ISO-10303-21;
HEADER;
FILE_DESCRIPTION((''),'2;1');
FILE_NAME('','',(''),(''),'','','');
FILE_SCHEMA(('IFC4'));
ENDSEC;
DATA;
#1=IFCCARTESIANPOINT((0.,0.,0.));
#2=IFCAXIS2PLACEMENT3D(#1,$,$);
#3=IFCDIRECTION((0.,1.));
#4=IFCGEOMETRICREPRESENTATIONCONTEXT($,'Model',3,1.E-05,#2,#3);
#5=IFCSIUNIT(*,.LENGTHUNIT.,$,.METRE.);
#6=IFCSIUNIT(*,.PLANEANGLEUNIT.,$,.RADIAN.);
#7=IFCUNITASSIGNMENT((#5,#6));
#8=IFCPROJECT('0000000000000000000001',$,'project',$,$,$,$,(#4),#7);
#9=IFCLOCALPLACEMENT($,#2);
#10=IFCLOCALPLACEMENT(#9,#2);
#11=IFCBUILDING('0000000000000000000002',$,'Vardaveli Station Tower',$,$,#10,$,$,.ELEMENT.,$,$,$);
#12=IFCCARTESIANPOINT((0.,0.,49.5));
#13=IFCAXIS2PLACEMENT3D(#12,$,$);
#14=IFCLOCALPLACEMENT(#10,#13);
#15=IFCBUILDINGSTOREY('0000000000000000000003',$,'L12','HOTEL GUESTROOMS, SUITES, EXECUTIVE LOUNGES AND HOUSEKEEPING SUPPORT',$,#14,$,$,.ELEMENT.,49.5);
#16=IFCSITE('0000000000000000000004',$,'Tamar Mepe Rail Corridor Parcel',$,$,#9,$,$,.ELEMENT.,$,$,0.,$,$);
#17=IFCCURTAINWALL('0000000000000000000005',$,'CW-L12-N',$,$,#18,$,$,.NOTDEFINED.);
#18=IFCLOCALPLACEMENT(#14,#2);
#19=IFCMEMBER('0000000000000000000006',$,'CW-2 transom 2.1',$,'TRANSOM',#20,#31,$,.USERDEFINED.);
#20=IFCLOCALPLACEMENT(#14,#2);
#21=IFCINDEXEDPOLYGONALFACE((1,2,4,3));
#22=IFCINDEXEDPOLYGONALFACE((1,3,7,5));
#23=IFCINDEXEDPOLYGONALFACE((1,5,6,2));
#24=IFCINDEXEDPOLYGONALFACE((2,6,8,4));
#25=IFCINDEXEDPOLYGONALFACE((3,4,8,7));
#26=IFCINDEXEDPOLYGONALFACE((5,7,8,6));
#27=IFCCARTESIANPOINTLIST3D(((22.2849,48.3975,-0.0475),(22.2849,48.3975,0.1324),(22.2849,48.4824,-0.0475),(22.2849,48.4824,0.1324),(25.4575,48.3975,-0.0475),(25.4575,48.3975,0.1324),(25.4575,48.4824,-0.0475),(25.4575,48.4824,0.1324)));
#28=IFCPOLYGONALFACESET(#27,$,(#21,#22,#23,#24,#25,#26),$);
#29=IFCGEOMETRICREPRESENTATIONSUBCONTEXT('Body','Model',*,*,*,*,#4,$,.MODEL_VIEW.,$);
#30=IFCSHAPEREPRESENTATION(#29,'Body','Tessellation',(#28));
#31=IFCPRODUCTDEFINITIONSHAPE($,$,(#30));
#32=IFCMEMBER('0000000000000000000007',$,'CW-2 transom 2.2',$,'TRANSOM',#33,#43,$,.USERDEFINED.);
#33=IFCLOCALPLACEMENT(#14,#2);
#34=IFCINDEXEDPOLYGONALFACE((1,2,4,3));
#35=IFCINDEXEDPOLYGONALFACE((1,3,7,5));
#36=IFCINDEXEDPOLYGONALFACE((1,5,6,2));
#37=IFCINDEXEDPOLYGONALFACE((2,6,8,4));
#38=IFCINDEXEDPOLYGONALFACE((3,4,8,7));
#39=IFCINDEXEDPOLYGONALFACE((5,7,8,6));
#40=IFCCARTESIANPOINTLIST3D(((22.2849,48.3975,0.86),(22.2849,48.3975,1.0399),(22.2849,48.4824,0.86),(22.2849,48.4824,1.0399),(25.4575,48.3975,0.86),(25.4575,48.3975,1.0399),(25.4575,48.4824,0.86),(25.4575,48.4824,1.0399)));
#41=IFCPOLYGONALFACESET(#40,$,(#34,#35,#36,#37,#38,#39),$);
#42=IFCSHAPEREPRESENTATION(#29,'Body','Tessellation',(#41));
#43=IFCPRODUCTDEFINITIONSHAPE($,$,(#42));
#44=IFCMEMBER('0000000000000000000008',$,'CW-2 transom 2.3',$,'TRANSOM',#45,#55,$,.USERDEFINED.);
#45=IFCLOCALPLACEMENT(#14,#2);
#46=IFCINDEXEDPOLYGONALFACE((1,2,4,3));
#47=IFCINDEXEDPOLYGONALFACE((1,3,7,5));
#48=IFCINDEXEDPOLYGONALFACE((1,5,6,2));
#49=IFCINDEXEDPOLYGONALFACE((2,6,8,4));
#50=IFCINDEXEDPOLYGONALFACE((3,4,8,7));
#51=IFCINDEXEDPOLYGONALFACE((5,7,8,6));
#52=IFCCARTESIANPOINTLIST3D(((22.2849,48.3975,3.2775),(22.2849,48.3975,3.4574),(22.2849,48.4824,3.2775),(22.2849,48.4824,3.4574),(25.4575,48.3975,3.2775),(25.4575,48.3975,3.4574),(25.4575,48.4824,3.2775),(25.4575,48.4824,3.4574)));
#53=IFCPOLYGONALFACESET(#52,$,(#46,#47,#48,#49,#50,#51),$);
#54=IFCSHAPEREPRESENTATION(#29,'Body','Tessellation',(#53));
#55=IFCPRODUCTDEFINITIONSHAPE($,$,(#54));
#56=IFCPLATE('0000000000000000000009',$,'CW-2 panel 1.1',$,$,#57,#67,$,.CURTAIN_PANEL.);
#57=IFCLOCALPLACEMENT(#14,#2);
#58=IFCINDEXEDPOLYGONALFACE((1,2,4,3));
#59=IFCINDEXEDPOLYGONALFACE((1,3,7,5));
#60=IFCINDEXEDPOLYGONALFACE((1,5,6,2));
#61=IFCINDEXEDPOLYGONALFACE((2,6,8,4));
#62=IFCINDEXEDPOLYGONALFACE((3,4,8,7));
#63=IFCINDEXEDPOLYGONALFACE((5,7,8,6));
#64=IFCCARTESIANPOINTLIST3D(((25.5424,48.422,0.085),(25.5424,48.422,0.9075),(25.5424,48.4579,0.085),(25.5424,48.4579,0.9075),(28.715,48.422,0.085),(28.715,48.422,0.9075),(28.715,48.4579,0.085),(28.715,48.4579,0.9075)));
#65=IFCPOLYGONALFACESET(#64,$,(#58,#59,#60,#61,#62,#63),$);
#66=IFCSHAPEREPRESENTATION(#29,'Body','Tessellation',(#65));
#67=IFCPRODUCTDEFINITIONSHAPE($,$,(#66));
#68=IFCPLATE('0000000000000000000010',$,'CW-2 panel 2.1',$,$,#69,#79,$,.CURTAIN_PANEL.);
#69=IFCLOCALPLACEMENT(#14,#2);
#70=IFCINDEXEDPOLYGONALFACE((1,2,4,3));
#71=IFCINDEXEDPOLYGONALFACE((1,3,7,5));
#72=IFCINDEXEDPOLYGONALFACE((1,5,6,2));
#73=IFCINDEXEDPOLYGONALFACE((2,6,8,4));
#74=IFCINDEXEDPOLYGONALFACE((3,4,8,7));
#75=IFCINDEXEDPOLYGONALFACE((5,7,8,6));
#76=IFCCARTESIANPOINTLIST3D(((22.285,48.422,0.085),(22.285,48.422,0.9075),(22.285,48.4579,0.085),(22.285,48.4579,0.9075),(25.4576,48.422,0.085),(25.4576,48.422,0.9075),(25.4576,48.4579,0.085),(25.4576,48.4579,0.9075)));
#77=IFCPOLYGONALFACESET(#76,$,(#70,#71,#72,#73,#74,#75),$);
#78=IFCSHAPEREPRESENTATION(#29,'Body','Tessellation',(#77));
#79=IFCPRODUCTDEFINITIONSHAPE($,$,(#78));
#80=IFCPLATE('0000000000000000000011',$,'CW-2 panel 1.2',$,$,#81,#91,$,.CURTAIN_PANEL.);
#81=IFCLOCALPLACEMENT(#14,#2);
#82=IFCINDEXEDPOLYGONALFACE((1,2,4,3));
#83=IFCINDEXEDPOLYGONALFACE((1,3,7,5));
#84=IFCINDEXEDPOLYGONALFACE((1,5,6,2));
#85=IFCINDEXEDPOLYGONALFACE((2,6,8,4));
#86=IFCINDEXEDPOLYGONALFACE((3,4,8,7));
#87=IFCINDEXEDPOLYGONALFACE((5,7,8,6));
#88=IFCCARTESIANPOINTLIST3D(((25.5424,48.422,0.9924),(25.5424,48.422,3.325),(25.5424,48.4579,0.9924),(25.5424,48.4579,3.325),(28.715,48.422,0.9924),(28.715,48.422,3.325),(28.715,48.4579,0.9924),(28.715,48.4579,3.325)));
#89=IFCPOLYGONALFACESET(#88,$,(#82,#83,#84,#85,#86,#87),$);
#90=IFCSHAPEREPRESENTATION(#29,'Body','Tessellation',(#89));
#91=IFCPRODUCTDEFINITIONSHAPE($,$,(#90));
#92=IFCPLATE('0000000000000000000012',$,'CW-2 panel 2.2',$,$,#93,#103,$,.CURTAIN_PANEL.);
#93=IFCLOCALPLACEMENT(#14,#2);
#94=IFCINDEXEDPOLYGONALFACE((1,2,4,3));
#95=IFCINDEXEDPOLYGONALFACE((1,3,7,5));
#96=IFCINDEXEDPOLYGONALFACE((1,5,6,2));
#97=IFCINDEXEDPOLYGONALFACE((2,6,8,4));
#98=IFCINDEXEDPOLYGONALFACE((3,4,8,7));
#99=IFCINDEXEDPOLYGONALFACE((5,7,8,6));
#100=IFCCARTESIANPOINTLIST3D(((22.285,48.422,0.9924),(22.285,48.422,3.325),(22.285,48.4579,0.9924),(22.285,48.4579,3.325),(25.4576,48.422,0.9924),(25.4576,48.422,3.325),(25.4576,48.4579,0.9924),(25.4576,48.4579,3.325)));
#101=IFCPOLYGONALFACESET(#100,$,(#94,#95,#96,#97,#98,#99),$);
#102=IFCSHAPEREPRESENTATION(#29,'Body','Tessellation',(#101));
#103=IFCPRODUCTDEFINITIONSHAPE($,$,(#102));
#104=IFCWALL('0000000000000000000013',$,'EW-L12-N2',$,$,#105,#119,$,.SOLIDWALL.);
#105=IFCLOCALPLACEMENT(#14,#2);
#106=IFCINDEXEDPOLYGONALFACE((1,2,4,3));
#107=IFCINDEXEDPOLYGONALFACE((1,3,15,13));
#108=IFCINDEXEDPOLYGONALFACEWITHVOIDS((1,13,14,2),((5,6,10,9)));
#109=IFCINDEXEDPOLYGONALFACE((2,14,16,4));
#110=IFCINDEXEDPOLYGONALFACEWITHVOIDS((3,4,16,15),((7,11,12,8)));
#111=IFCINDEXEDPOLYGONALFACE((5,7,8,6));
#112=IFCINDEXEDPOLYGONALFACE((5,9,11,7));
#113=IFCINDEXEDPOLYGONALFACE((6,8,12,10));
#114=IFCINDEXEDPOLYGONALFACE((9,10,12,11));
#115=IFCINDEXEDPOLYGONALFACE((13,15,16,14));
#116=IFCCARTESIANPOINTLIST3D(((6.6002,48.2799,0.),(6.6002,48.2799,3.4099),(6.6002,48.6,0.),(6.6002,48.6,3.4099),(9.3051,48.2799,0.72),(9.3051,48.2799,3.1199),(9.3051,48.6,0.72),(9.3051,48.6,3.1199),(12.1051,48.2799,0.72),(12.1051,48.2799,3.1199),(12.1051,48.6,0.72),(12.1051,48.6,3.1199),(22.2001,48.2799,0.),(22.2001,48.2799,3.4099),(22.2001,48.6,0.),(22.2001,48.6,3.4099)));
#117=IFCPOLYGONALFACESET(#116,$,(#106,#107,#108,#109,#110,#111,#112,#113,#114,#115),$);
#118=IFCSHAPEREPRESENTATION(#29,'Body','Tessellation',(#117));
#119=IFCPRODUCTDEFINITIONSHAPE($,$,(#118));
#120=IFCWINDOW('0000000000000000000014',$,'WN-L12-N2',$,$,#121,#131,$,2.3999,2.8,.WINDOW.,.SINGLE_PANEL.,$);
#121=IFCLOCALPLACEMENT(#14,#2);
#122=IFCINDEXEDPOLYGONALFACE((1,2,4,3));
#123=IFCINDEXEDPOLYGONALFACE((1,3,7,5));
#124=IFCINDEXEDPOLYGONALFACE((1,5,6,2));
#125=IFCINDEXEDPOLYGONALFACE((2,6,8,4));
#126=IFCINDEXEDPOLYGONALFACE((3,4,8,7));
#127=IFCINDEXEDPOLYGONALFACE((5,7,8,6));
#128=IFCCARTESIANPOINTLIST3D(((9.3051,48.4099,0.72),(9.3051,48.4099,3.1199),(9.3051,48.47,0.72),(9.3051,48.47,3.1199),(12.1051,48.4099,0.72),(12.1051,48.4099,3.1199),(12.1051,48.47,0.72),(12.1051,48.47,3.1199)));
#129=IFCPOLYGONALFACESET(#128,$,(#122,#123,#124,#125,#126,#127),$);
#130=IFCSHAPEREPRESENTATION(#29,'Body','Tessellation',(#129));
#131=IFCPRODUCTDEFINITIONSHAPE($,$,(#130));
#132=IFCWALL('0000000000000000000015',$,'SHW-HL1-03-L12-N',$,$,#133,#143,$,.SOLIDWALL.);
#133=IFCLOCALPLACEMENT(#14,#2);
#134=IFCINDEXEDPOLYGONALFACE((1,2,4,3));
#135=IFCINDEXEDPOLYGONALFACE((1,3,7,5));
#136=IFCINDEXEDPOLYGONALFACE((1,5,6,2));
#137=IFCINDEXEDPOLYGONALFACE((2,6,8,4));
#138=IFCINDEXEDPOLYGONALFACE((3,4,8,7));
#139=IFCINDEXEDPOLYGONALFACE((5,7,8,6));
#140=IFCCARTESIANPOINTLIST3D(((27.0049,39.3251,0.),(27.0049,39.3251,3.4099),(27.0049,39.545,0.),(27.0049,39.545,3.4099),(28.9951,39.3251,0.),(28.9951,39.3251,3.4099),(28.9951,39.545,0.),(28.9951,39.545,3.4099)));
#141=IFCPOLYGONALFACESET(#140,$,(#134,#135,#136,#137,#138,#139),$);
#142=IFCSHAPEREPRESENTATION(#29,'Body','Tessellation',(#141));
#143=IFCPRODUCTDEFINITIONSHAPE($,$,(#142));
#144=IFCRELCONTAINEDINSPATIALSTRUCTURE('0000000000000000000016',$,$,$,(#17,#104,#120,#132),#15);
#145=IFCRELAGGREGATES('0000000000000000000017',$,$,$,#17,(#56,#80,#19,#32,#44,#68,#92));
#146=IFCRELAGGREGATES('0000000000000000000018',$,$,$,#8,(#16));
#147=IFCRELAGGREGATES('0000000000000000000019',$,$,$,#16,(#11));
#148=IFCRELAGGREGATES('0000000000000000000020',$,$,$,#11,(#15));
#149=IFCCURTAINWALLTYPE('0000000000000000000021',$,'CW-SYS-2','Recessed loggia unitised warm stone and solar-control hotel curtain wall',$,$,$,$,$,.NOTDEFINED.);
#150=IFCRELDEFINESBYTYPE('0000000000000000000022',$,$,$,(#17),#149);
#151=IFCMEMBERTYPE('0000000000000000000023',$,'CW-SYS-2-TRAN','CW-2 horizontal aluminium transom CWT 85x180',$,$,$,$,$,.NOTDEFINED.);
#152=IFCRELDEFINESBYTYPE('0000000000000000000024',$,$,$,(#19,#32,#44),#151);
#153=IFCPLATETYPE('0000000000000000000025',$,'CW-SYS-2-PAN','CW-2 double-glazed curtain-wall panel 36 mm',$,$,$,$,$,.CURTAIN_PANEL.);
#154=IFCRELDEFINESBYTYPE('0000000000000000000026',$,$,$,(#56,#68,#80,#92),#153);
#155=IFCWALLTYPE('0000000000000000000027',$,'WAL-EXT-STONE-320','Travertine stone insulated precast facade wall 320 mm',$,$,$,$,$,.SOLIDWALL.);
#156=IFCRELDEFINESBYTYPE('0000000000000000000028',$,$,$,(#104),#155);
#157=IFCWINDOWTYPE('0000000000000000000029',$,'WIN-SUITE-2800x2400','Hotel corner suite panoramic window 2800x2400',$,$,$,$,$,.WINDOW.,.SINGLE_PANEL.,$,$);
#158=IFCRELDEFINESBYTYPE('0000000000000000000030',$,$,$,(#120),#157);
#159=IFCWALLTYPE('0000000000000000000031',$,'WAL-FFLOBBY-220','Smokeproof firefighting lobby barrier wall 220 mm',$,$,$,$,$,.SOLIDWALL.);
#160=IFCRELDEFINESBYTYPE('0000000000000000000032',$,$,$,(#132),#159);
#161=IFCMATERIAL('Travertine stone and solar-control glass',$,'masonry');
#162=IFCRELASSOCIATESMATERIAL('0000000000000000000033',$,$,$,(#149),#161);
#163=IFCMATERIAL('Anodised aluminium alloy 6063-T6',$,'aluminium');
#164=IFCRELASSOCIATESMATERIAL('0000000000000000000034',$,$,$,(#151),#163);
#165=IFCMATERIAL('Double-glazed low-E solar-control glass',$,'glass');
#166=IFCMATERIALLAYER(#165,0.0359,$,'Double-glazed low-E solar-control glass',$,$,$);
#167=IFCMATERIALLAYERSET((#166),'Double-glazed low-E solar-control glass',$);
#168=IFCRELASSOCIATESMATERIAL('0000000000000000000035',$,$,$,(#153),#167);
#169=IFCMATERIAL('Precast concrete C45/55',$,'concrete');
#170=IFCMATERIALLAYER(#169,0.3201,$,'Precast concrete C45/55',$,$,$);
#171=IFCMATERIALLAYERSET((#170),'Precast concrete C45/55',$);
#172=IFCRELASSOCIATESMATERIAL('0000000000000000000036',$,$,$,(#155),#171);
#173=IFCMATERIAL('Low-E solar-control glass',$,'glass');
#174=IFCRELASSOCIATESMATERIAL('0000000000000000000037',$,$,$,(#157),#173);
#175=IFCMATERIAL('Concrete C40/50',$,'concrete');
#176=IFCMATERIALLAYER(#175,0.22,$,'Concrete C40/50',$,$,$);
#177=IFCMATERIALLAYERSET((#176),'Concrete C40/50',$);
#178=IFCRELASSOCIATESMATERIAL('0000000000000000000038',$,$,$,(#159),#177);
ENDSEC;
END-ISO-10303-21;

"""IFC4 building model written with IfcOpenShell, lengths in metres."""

from ifc_helpers import new_model, si_unit, direction, frame, frame_2d, origin, origin_2d, place, context, subcontext, project, spatial, rectangle, extrude, source, transform, mapped, material, layer, layer_set, material_profile, profile_set, type_object, element, fill, aggregate, save


model = new_model("IFC4")

# Units and contexts
model_context = context("Model", 3, precision=1e-05, world=origin(), true_north=direction((0.0, 1.0)))
body_context = subcontext(model_context, "Body", "Model", "MODEL_VIEW")
ifc_project = project(units=[si_unit("LENGTHUNIT", "METRE"), si_unit("PLANEANGLEUNIT", "RADIAN")], contexts=[model_context])

# Site, building, storey
site_placement = place(None, origin())
site = spatial("IfcSite", under=ifc_project, at=site_placement, Name="Tamar Mepe Rail Corridor Parcel", CompositionType="ELEMENT", RefElevation=0.0)
building_placement = place(site_placement, origin())
building = spatial("IfcBuilding", under=site, at=building_placement, Name="Vardaveli Station Tower", CompositionType="ELEMENT")
storey_placement = place(building_placement, frame((0.0, 0.0, 49.5)))
storey = spatial("IfcBuildingStorey", under=building, at=storey_placement, Name="L12", Description="HOTEL GUESTROOMS, SUITES, EXECUTIVE LOUNGES AND HOUSEKEEPING SUPPORT", CompositionType="ELEMENT", Elevation=49.5)

# Shared definitions
ifc_material_1 = material(Name="Precast concrete C45/55", Category="concrete")

# Curtain wall, members, plates
ifc_material_2 = material(Name="Travertine stone and solar-control glass", Category="masonry")
curtain_wall_type = type_object("IfcCurtainWallType", Name="CW-SYS-2", Description="Recessed loggia unitised warm stone and solar-control hotel curtain wall", PredefinedType="NOTDEFINED", material=ifc_material_2)
curtain_wall_placement = place(storey_placement, origin())
curtain_wall = element("IfcCurtainWall", 1, at=curtain_wall_placement, inside=storey, type_object=curtain_wall_type, Name="CW-L12-N", PredefinedType="NOTDEFINED")
ifc_material_3 = material(Name="Anodised aluminium alloy 6063-T6", Category="aluminium")
ifc_material_profile_1 = material_profile(ifc_material_3, rectangle(XDim=0.085, YDim=0.1799, at=origin_2d()), Name="CWT 85x180")
ifc_profile_set_1 = profile_set([ifc_material_profile_1], Name="Anodised aluminium alloy 6063-T6")
member_type_1 = type_object("IfcMemberType", Name="CW-SYS-2-TRAN", Description="CW-2 horizontal aluminium transom CWT 85x180", PredefinedType="NOTDEFINED", material=ifc_profile_set_1)
shared_shape_1 = source(origin(), body_context, "Body", "SweptSolid", [
    extrude(rectangle(XDim=0.085, YDim=0.1799, at=origin_2d()), origin(), (0.0, 0.0, 1.0), 3.1726),
])
member_1_placement = place(storey_placement, frame((25.4575, 48.4399, 0.0425), z_axis=(-1.0, 0.0, 0.0), x_axis=(0.0, -1.0, 0.0)))
member_1 = element("IfcMember", 2, at=member_1_placement, type_object=member_type_1, Name="CW-2 transom 2.1", ObjectType="TRANSOM", PredefinedType="USERDEFINED", context=body_context, shape_type="MappedRepresentation", body=[
    mapped(shared_shape_1, transform((0.0, 0.0, 0.0), scale=1.0)),
])
member_2_placement = place(storey_placement, frame((25.4575, 48.4399, 0.95), z_axis=(-1.0, 0.0, 0.0), x_axis=(0.0, -1.0, 0.0)))
member_2 = element("IfcMember", 3, at=member_2_placement, type_object=member_type_1, Name="CW-2 transom 2.2", ObjectType="TRANSOM", PredefinedType="USERDEFINED", context=body_context, shape_type="MappedRepresentation", body=[
    mapped(shared_shape_1, transform((0.0, 0.0, 0.0), scale=1.0)),
])
member_3_placement = place(storey_placement, frame((25.4575, 48.4399, 3.3674), z_axis=(-1.0, 0.0, 0.0), x_axis=(0.0, -1.0, 0.0)))
member_3 = element("IfcMember", 4, at=member_3_placement, type_object=member_type_1, Name="CW-2 transom 2.3", ObjectType="TRANSOM", PredefinedType="USERDEFINED", context=body_context, shape_type="MappedRepresentation", body=[
    mapped(shared_shape_1, transform((0.0, 0.0, 0.0), scale=1.0)),
])
ifc_material_4 = material(Name="Double-glazed low-E solar-control glass", Category="glass")
ifc_layer_1 = layer(ifc_material_4, 0.0359, Name="Double-glazed low-E solar-control glass")
ifc_layer_set_1 = layer_set([ifc_layer_1], Name="Double-glazed low-E solar-control glass")
plate_type = type_object("IfcPlateType", Name="CW-SYS-2-PAN", Description="CW-2 double-glazed curtain-wall panel 36 mm", PredefinedType="CURTAIN_PANEL", material=ifc_layer_set_1)
shared_shape_2 = source(origin(), body_context, "Body", "SweptSolid", [
    extrude(rectangle(XDim=3.1726, YDim=0.0359, at=origin_2d()), origin(), (0.0, 0.0, 1.0), 0.8225),
])
plate_1_placement = place(storey_placement, frame((27.1287, 48.4399, 0.085), z_axis=(0.0, 0.0, 1.0), x_axis=(-1.0, 0.0, 0.0)))
plate_1 = element("IfcPlate", 5, at=plate_1_placement, type_object=plate_type, Name="CW-2 panel 1.1", PredefinedType="CURTAIN_PANEL", context=body_context, shape_type="MappedRepresentation", body=[
    mapped(shared_shape_2, transform((0.0, 0.0, 0.0), scale=1.0)),
])
plate_2_placement = place(storey_placement, frame((23.8713, 48.4399, 0.085), z_axis=(0.0, 0.0, 1.0), x_axis=(-1.0, 0.0, 0.0)))
plate_2 = element("IfcPlate", 6, at=plate_2_placement, type_object=plate_type, Name="CW-2 panel 2.1", PredefinedType="CURTAIN_PANEL", context=body_context, shape_type="MappedRepresentation", body=[
    mapped(shared_shape_2, transform((0.0, 0.0, 0.0), scale=1.0)),
])
shared_shape_3 = source(origin(), body_context, "Body", "SweptSolid", [
    extrude(rectangle(XDim=3.1726, YDim=0.0359, at=origin_2d()), origin(), (0.0, 0.0, 1.0), 2.3325),
])
plate_3_placement = place(storey_placement, frame((27.1287, 48.4399, 0.9924), z_axis=(0.0, 0.0, 1.0), x_axis=(-1.0, 0.0, 0.0)))
plate_3 = element("IfcPlate", 7, at=plate_3_placement, type_object=plate_type, Name="CW-2 panel 1.2", PredefinedType="CURTAIN_PANEL", context=body_context, shape_type="MappedRepresentation", body=[
    mapped(shared_shape_3, transform((0.0, 0.0, 0.0), scale=1.0)),
])
plate_4_placement = place(storey_placement, frame((23.8713, 48.4399, 0.9924), z_axis=(0.0, 0.0, 1.0), x_axis=(-1.0, 0.0, 0.0)))
plate_4 = element("IfcPlate", 8, at=plate_4_placement, type_object=plate_type, Name="CW-2 panel 2.2", PredefinedType="CURTAIN_PANEL", context=body_context, shape_type="MappedRepresentation", body=[
    mapped(shared_shape_3, transform((0.0, 0.0, 0.0), scale=1.0)),
])
aggregate(curtain_wall, [plate_1, plate_3, member_1, member_2, member_3, plate_2, plate_4])

# Wall, opening, window
ifc_layer_2 = layer(ifc_material_1, 0.3201, Name="Precast concrete C45/55")
ifc_layer_set_2 = layer_set([ifc_layer_2], Name="Precast concrete C45/55")
wall_type_1 = type_object("IfcWallType", Name="WAL-EXT-STONE-320", Description="Travertine stone insulated precast facade wall 320 mm", PredefinedType="SOLIDWALL", material=ifc_layer_set_2)
shared_shape_4 = source(origin(), body_context, "Body", "SweptSolid", [
    extrude(rectangle(XDim=15.5999, YDim=0.3201, at=frame_2d((7.7998, 0.0))), origin(), (0.0, 0.0, 1.0), 3.4099),
])
wall_1_placement = place(storey_placement, frame((22.2, 48.4399, 0.0), z_axis=(0.0, 0.0, 1.0), x_axis=(-1.0, 0.0, 0.0)))
wall_1 = element("IfcWall", 9, at=wall_1_placement, inside=storey, type_object=wall_type_1, Name="EW-L12-N2", PredefinedType="SOLIDWALL", context=body_context, shape_type="MappedRepresentation", body=[
    mapped(shared_shape_4, transform((0.0, 0.0, 0.0), scale=1.0)),
])
shared_shape_5 = source(origin(), body_context, "Body", "SweptSolid", [
    extrude(rectangle(XDim=2.8, YDim=2.3999, at=frame_2d((1.3999, 1.2))), frame((0.0, 0.1699, 0.0), z_axis=(0.0, -1.0, 0.0), x_axis=(1.0, 0.0, 0.0)), (0.0, 0.0, 1.0), 0.3401),
])
opening_1_placement = place(wall_1_placement, frame((10.095, 0.0, 0.72)))
opening_1 = element("IfcOpeningElement", 10, at=opening_1_placement, cuts=wall_1, PredefinedType="OPENING", context=body_context, shape_type="MappedRepresentation", body=[
    mapped(shared_shape_5, transform((0.0, 0.0, 0.0), scale=1.0)),
])
ifc_material_5 = material(Name="Low-E solar-control glass", Category="glass")
window_type = type_object("IfcWindowType", Name="WIN-SUITE-2800x2400", Description="Hotel corner suite panoramic window 2800x2400", PartitioningType="SINGLE_PANEL", PredefinedType="WINDOW", material=ifc_material_5)
shared_shape_6 = source(origin(), body_context, "Body", "SweptSolid", [
    extrude(rectangle(XDim=2.8, YDim=2.3999, at=frame_2d((1.3999, 1.2))), frame((0.0, 0.03, 0.0), z_axis=(0.0, -1.0, 0.0), x_axis=(1.0, 0.0, 0.0)), (0.0, 0.0, 1.0), 0.0601),
])
window_placement = place(opening_1_placement, origin())
window = element("IfcWindow", 11, at=window_placement, inside=storey, type_object=window_type, Name="WN-L12-N2", OverallHeight=2.3999, OverallWidth=2.8, PartitioningType="SINGLE_PANEL", PredefinedType="WINDOW", context=body_context, shape_type="MappedRepresentation", body=[
    mapped(shared_shape_6, transform((0.0, 0.0, 0.0), scale=1.0)),
])
fill(opening_1, window)

# Wall
ifc_material_6 = material(Name="Concrete C40/50", Category="concrete")
ifc_layer_3 = layer(ifc_material_6, 0.22, Name="Concrete C40/50")
ifc_layer_set_3 = layer_set([ifc_layer_3], Name="Concrete C40/50")
wall_type_2 = type_object("IfcWallType", Name="WAL-FFLOBBY-220", Description="Smokeproof firefighting lobby barrier wall 220 mm", PredefinedType="SOLIDWALL", material=ifc_layer_set_3)
shared_shape_7 = source(origin(), body_context, "Body", "SweptSolid", [
    extrude(rectangle(XDim=1.9902, YDim=0.22, at=frame_2d((0.9951, 0.0))), origin(), (0.0, 0.0, 1.0), 3.4099),
])
wall_2_placement = place(storey_placement, frame((27.0049, 39.4351, 0.0), z_axis=(0.0, 0.0, 1.0), x_axis=(1.0, 0.0, 0.0)))
element("IfcWall", 12, at=wall_2_placement, inside=storey, type_object=wall_type_2, Name="SHW-HL1-03-L12-N", PredefinedType="SOLIDWALL", context=body_context, shape_type="MappedRepresentation", body=[
    mapped(shared_shape_7, transform((0.0, 0.0, 0.0), scale=1.0)),
])

save(model, "model.ifc")
